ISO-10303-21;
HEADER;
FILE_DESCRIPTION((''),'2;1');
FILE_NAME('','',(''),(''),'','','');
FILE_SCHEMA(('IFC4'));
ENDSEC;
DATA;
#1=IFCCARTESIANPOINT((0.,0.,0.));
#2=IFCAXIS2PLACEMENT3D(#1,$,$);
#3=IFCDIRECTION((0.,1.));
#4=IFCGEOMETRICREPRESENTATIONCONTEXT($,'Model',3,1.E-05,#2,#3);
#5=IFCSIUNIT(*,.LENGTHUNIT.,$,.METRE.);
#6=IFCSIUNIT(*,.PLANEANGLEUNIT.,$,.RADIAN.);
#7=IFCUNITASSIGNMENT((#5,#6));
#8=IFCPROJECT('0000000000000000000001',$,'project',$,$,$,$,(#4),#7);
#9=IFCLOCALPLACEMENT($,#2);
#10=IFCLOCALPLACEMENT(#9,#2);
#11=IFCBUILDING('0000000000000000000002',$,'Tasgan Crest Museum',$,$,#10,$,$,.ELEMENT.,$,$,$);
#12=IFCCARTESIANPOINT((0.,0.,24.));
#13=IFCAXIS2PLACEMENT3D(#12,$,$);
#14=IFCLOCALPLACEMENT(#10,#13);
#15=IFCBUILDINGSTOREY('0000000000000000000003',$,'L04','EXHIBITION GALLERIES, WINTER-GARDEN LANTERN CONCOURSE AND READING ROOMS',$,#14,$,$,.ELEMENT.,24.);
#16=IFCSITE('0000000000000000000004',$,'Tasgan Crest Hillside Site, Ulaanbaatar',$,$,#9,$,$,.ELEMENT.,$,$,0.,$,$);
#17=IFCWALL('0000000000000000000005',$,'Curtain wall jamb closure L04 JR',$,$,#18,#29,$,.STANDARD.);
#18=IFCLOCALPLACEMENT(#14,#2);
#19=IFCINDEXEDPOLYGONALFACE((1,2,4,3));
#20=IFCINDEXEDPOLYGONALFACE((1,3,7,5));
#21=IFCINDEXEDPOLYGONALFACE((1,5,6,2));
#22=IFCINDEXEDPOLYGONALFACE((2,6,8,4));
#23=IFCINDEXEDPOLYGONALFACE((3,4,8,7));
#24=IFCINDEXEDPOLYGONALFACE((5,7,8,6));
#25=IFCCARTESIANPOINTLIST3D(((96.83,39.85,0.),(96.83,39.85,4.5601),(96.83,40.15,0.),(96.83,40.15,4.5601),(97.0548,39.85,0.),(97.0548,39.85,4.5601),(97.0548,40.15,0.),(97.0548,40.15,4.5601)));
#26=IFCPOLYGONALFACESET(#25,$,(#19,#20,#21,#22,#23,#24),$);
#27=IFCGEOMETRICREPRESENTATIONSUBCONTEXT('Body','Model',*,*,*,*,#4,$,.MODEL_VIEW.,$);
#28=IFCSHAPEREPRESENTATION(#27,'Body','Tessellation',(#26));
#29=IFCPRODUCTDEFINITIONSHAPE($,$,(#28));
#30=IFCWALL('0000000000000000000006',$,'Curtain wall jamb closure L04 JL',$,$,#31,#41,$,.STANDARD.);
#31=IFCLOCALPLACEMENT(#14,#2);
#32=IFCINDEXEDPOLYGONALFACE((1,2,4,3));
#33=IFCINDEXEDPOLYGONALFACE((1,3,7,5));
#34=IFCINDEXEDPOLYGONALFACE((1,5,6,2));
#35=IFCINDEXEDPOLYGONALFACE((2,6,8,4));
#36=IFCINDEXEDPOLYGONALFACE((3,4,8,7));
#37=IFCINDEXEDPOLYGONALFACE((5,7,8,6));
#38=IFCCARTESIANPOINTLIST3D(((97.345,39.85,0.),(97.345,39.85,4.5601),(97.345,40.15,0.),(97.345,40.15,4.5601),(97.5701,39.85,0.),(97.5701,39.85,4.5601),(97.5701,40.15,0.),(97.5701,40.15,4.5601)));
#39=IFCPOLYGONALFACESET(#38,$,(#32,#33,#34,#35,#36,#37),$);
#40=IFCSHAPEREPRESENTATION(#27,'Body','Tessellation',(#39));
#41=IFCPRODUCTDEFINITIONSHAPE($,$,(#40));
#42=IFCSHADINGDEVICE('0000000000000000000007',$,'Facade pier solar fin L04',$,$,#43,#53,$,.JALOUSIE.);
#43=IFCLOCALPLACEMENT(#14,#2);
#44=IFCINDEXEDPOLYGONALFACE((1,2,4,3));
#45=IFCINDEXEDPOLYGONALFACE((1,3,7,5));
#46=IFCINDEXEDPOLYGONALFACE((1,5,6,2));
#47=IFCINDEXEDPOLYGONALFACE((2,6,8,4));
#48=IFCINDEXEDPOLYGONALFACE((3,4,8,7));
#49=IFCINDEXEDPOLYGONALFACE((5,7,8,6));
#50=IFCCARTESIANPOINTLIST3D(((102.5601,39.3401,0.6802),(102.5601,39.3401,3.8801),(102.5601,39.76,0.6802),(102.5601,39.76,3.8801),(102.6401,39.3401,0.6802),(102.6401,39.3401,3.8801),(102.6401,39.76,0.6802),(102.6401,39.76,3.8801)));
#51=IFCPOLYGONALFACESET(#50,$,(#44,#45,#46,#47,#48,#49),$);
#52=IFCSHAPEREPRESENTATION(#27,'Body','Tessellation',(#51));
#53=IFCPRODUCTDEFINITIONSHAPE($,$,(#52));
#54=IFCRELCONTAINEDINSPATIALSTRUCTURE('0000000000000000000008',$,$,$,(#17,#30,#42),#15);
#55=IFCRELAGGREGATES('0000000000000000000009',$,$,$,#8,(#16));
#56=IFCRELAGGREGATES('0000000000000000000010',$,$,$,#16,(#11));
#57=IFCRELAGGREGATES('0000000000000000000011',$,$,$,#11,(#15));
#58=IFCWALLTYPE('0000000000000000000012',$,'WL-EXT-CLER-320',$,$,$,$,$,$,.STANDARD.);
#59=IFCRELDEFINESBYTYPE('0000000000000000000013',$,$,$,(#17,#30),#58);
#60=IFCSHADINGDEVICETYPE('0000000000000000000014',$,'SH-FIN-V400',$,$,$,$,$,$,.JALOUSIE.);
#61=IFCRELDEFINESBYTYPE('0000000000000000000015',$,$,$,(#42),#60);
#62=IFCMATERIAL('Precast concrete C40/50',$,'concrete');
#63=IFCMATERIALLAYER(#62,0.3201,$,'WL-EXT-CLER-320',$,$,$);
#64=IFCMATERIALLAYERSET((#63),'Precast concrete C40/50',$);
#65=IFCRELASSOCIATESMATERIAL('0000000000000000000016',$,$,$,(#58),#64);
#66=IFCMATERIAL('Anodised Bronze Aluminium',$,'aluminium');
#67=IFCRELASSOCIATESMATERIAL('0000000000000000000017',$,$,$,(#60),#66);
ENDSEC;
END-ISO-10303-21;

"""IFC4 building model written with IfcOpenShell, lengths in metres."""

from ifc_helpers import new_model, si_unit, direction, frame, frame_2d, origin, origin_2d, place, context, subcontext, project, spatial, rectangle, extrude, material, layer, layer_set, type_object, element, save


model = new_model("IFC4")

# Units and contexts
model_context = context("Model", 3, precision=1e-05, world=origin(), true_north=direction((0.0, 1.0)))
body_context = subcontext(model_context, "Body", "Model", "MODEL_VIEW")
ifc_project = project(units=[si_unit("LENGTHUNIT", "METRE"), si_unit("PLANEANGLEUNIT", "RADIAN")], contexts=[model_context])

# Site, building, storey
site_placement = place(None, origin())
site = spatial("IfcSite", under=ifc_project, at=site_placement, Name="Tasgan Crest Hillside Site, Ulaanbaatar", CompositionType="ELEMENT", RefElevation=0.0)
building_placement = place(site_placement, origin())
building = spatial("IfcBuilding", under=site, at=building_placement, Name="Tasgan Crest Museum", CompositionType="ELEMENT")
storey_placement = place(building_placement, frame((0.0, 0.0, 24.0)))
storey = spatial("IfcBuildingStorey", under=building, at=storey_placement, Name="L04", Description="EXHIBITION GALLERIES, WINTER-GARDEN LANTERN CONCOURSE AND READING ROOMS", CompositionType="ELEMENT", Elevation=24.0)

# Walls
ifc_material_1 = material(Name="Precast concrete C40/50", Category="concrete")
ifc_layer_1 = layer(ifc_material_1, 0.3201, Name="WL-EXT-CLER-320")
ifc_layer_set_1 = layer_set([ifc_layer_1], Name="Precast concrete C40/50")
wall_type = type_object("IfcWallType", Name="WL-EXT-CLER-320", PredefinedType="STANDARD", material=ifc_layer_set_1)
wall_1_placement = place(storey_placement, frame((96.8301, 40.0, 0.0), z_axis=(0.0, 0.0, 1.0), x_axis=(1.0, 0.0, 0.0)))
element("IfcWall", 1, at=wall_1_placement, inside=storey, type_object=wall_type, Name="Curtain wall jamb closure L04 JR", PredefinedType="STANDARD", context=body_context, shape_type="SweptSolid", body=[
    extrude(rectangle(XDim=0.2249, YDim=0.3, at=frame_2d((0.1123, 0.0))), origin(), (0.0, 0.0, 1.0), 4.5601),
])
wall_2_placement = place(storey_placement, frame((97.345, 40.0, 0.0), z_axis=(0.0, 0.0, 1.0), x_axis=(1.0, 0.0, 0.0)))
element("IfcWall", 2, at=wall_2_placement, inside=storey, type_object=wall_type, Name="Curtain wall jamb closure L04 JL", PredefinedType="STANDARD", context=body_context, shape_type="SweptSolid", body=[
    extrude(rectangle(XDim=0.2251, YDim=0.3, at=frame_2d((0.1125, 0.0))), origin(), (0.0, 0.0, 1.0), 4.5601),
])

# Shading device
ifc_material_2 = material(Name="Anodised Bronze Aluminium", Category="aluminium")
shading_device_type = type_object("IfcShadingDeviceType", Name="SH-FIN-V400", PredefinedType="JALOUSIE", material=ifc_material_2)
shading_device_placement = place(storey_placement, frame((102.6001, 39.55, 0.6802), z_axis=(0.0, 0.0, 1.0), x_axis=(1.0, 0.0, 0.0)))
element("IfcShadingDevice", 3, at=shading_device_placement, inside=storey, type_object=shading_device_type, Name="Facade pier solar fin L04", PredefinedType="JALOUSIE", context=body_context, shape_type="SweptSolid", body=[
    extrude(rectangle(XDim=0.0801, YDim=0.4199, at=origin_2d()), origin(), (0.0, 0.0, 1.0), 3.2),
])

save(model, "model.ifc")
